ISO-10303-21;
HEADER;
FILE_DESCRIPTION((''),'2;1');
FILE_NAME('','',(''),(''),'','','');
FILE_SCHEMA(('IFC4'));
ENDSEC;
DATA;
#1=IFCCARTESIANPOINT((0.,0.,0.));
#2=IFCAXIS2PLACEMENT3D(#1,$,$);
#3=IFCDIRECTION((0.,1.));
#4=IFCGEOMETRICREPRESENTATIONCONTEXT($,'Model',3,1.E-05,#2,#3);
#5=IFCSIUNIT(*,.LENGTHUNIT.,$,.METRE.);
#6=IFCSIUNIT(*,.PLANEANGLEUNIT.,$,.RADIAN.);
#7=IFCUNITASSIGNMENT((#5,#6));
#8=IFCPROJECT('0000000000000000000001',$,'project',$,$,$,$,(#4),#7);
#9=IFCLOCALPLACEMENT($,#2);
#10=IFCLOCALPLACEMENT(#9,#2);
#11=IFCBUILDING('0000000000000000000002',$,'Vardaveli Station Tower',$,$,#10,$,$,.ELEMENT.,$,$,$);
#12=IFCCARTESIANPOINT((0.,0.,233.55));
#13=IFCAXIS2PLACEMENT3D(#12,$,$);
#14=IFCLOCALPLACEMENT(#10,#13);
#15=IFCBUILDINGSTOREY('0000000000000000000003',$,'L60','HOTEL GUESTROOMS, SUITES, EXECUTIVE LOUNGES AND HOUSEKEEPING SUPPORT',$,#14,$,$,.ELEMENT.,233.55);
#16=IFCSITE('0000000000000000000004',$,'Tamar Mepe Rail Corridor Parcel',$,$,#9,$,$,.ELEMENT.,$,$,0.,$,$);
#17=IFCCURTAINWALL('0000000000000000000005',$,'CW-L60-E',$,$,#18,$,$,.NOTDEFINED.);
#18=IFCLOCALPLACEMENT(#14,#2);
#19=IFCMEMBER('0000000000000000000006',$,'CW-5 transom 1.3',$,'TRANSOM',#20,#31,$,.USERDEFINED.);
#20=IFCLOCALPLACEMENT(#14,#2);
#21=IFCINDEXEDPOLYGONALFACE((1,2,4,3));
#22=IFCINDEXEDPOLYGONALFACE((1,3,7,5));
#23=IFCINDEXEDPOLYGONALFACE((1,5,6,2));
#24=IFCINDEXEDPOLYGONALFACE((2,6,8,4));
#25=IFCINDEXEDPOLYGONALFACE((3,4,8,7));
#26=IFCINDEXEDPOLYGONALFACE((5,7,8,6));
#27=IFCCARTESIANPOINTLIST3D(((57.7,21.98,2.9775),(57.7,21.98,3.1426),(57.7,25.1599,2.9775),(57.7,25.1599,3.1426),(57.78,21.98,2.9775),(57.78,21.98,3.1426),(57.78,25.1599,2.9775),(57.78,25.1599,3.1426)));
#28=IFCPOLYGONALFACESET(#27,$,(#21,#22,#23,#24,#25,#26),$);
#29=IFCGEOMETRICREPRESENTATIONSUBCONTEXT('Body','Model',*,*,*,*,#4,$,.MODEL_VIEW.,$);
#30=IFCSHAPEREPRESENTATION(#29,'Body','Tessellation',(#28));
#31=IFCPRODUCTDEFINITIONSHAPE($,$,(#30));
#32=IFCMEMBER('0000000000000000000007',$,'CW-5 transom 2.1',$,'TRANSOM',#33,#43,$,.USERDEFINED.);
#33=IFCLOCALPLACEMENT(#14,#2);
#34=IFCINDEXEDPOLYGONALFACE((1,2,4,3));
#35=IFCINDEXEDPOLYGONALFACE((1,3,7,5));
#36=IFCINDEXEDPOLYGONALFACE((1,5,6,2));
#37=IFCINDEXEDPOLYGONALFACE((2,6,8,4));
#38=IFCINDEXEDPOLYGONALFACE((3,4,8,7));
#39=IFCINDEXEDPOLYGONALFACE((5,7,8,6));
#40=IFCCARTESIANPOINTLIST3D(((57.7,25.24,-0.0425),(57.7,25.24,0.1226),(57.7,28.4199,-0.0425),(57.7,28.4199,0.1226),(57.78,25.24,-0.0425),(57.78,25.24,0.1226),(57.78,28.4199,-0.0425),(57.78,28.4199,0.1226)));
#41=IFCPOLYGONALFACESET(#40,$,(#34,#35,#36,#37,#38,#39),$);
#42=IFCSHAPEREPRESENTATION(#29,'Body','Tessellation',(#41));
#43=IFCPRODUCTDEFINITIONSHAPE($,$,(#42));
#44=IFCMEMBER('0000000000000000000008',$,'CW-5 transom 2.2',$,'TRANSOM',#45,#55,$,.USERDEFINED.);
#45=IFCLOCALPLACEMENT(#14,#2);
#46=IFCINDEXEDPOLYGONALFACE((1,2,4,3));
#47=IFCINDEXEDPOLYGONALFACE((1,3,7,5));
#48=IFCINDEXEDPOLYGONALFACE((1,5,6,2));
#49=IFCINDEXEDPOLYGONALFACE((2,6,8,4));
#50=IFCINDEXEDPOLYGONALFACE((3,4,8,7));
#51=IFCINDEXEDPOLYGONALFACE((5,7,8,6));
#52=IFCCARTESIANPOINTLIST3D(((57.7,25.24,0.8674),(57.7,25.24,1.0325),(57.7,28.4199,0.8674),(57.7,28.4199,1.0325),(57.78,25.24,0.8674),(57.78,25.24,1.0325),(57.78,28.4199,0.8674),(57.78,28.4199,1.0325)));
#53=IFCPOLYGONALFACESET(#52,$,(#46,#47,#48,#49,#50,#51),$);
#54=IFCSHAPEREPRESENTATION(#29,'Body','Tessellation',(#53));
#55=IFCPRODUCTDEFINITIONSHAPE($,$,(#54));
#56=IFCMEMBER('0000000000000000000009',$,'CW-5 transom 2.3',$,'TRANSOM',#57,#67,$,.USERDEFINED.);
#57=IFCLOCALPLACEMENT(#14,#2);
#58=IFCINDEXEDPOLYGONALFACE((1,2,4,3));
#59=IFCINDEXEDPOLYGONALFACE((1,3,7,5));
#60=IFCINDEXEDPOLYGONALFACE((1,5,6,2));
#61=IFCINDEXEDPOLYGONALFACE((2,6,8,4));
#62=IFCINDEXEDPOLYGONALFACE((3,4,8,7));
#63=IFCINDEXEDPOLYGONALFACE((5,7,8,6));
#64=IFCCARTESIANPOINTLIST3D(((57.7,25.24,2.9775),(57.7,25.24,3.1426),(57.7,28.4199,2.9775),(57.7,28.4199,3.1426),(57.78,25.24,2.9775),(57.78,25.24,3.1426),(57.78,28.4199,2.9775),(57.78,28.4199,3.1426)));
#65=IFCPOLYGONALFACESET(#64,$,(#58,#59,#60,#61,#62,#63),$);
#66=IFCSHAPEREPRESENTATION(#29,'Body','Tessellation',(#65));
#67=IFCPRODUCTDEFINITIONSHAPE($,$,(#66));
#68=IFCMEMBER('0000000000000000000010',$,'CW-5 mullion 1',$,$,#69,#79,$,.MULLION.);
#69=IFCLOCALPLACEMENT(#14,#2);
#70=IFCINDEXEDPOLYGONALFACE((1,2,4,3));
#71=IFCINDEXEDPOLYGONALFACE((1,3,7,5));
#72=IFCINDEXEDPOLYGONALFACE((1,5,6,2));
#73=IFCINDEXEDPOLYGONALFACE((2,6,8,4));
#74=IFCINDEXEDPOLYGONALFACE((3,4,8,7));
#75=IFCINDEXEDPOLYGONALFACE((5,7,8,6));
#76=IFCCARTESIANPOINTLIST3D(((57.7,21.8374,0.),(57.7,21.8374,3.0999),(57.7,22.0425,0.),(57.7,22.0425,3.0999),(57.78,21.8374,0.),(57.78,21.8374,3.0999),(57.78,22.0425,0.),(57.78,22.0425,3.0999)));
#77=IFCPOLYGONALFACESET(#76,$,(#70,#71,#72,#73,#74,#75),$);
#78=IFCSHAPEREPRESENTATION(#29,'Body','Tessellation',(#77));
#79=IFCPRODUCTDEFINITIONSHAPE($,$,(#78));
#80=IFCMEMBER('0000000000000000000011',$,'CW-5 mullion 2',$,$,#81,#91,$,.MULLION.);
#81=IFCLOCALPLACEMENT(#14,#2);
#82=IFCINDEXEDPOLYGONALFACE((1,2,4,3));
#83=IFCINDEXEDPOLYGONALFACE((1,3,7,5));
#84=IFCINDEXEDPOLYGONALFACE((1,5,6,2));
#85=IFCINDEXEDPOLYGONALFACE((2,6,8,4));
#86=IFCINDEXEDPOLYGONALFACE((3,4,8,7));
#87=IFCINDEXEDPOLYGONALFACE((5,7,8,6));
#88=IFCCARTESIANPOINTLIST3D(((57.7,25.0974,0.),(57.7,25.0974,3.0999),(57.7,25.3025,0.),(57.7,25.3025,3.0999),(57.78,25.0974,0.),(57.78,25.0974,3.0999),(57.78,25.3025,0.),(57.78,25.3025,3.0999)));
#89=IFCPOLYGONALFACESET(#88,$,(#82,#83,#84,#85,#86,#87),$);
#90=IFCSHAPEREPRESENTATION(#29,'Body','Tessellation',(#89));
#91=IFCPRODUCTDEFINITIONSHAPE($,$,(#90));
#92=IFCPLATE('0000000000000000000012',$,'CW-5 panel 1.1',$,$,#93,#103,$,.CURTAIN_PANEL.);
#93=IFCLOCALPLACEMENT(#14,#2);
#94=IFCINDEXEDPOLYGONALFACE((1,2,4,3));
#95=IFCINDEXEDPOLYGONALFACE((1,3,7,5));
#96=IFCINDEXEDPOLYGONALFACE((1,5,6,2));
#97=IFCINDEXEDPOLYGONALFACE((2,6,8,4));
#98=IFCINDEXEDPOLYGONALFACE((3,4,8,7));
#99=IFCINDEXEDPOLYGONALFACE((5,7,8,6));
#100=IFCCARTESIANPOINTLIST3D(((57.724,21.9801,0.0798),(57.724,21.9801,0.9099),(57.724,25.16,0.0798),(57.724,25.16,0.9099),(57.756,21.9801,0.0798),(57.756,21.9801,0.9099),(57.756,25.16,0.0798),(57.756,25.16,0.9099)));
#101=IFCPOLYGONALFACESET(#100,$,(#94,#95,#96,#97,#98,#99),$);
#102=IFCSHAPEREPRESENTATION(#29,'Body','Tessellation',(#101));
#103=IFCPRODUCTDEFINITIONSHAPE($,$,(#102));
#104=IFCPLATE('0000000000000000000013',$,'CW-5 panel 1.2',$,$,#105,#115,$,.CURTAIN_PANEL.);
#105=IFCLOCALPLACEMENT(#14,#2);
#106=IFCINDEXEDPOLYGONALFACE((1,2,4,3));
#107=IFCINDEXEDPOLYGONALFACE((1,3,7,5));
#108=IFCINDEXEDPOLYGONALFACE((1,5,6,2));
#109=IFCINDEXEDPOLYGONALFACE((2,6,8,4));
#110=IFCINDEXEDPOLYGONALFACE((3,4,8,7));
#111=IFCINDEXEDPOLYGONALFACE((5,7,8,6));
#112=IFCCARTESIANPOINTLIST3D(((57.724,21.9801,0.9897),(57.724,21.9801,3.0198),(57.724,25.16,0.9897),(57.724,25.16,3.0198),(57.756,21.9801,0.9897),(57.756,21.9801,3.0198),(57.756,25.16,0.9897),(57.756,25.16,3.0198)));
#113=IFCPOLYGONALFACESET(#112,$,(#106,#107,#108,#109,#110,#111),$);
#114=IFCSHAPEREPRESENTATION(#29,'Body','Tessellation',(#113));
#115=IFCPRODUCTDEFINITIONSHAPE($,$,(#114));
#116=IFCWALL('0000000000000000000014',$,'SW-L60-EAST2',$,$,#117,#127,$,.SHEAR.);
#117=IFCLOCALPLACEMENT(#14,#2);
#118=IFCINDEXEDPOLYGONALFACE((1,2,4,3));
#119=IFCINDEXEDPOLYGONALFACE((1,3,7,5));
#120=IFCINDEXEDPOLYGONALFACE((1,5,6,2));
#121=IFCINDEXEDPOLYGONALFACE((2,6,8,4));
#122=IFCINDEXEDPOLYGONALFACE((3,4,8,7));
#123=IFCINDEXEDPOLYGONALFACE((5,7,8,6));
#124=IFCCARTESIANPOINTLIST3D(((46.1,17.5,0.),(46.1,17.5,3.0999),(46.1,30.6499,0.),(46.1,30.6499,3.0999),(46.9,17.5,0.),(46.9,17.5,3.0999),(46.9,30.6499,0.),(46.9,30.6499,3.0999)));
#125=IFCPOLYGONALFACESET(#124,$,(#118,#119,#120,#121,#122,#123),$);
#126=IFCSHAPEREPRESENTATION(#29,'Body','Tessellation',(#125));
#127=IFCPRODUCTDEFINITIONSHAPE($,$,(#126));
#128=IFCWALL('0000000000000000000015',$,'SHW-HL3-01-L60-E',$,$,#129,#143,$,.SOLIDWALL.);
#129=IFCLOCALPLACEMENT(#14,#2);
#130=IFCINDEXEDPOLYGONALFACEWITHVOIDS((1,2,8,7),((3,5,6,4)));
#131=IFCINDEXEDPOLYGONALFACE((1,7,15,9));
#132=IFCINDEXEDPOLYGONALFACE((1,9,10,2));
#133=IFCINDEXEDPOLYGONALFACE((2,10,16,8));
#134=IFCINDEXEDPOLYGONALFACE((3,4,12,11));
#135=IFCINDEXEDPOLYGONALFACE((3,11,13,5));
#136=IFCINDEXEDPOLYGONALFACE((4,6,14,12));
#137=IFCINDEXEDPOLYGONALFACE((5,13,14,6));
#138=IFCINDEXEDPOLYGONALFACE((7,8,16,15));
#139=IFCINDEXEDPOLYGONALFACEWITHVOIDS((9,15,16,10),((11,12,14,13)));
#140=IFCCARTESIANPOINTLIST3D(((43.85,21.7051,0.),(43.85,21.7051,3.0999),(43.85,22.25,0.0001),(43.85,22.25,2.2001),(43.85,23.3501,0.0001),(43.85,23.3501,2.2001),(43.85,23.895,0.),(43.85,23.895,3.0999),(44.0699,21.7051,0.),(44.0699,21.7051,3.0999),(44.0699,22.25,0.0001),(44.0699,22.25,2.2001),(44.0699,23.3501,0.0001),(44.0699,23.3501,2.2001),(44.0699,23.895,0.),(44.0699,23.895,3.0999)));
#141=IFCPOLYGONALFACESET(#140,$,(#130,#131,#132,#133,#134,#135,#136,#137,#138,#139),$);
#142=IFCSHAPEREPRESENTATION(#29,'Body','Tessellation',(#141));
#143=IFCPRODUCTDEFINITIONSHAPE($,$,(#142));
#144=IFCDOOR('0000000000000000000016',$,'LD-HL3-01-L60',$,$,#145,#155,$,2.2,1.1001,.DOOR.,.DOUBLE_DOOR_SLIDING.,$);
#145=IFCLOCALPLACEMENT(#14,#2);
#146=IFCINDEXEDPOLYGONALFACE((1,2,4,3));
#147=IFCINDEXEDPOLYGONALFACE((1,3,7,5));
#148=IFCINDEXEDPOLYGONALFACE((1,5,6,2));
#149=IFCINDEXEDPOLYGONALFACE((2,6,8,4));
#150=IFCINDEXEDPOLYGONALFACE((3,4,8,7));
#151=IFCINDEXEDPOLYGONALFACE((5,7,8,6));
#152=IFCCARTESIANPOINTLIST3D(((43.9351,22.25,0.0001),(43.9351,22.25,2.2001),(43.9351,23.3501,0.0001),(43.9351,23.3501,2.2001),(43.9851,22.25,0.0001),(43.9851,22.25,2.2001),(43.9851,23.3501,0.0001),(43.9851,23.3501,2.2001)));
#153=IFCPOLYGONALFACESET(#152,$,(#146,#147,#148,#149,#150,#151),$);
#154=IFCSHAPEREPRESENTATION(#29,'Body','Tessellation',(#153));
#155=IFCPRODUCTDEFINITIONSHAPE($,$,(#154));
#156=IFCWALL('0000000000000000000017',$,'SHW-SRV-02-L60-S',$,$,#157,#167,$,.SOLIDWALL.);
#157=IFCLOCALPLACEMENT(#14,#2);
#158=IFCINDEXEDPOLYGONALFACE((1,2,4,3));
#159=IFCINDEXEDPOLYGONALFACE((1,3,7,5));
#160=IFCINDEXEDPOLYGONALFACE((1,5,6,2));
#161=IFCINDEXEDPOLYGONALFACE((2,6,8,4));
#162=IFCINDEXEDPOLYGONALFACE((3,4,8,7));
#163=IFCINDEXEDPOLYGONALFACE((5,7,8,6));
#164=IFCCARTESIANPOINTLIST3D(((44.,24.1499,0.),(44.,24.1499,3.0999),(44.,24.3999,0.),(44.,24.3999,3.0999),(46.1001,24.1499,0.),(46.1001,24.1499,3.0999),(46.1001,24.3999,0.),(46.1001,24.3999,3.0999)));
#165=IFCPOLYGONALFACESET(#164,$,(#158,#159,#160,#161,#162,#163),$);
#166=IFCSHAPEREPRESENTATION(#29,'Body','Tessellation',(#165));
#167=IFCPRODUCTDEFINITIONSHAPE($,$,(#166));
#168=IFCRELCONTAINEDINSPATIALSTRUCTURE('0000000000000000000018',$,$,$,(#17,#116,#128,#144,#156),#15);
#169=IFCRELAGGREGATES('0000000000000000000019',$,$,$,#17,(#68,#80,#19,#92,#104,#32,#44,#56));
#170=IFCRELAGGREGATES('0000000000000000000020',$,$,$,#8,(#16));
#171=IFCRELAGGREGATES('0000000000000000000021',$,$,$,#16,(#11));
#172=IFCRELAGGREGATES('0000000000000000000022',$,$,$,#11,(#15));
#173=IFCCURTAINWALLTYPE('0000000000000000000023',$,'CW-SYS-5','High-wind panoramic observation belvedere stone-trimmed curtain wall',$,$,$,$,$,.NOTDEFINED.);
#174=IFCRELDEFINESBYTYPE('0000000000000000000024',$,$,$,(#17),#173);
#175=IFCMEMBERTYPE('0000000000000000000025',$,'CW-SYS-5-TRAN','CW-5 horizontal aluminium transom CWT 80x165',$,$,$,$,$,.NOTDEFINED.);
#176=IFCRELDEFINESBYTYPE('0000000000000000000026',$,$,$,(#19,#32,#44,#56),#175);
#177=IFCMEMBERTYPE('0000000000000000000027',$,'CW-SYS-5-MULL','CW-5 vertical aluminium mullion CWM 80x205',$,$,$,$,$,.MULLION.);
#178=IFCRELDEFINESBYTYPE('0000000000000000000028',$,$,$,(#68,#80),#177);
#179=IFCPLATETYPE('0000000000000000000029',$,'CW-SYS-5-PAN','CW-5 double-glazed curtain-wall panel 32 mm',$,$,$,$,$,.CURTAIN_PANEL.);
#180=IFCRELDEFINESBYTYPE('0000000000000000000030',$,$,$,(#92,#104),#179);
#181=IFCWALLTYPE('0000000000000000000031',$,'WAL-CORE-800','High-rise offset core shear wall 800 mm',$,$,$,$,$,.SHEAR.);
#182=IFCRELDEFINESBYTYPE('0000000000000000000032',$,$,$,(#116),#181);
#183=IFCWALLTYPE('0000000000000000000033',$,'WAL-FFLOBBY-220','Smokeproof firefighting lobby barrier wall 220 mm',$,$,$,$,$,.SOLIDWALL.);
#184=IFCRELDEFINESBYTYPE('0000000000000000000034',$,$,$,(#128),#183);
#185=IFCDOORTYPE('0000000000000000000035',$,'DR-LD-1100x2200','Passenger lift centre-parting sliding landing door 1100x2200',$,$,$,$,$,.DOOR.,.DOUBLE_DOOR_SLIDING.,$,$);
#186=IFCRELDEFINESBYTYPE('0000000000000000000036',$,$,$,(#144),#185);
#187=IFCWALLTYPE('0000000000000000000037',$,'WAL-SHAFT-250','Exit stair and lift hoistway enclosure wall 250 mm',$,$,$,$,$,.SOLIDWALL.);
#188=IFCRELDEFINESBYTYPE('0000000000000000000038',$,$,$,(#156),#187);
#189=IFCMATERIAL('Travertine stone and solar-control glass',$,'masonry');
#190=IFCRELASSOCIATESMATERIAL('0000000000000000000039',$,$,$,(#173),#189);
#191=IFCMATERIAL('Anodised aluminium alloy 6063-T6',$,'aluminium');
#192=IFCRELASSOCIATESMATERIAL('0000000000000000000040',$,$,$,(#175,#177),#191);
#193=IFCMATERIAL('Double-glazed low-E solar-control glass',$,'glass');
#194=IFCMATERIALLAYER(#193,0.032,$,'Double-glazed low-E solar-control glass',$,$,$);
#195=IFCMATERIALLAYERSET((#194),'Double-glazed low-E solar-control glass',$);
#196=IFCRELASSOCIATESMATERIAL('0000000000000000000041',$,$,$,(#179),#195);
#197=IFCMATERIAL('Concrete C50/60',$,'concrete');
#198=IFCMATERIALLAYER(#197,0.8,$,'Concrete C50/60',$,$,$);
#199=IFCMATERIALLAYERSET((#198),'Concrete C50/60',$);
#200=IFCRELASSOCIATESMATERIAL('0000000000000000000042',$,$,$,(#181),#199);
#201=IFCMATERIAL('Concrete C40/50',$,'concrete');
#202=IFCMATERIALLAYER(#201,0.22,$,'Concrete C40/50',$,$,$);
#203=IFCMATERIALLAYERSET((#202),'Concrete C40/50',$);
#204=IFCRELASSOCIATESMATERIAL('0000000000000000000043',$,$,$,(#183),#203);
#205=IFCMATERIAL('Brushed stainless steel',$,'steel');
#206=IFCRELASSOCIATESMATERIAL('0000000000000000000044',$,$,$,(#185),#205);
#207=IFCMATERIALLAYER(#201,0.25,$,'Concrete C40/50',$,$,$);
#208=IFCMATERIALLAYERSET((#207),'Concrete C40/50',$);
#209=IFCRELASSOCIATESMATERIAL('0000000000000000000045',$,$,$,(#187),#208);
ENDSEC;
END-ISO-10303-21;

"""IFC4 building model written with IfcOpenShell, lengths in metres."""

from ifc_helpers import new_model, si_unit, direction, frame, frame_2d, origin, origin_2d, place, context, subcontext, project, spatial, rectangle, extrude, source, transform, mapped, material, layer, layer_set, material_profile, profile_set, type_object, element, fill, aggregate, save


model = new_model("IFC4")

# Units and contexts
model_context = context("Model", 3, precision=1e-05, world=origin(), true_north=direction((0.0, 1.0)))
body_context = subcontext(model_context, "Body", "Model", "MODEL_VIEW")
ifc_project = project(units=[si_unit("LENGTHUNIT", "METRE"), si_unit("PLANEANGLEUNIT", "RADIAN")], contexts=[model_context])

# Site, building, storey
site_placement = place(None, origin())
site = spatial("IfcSite", under=ifc_project, at=site_placement, Name="Tamar Mepe Rail Corridor Parcel", CompositionType="ELEMENT", RefElevation=0.0)
building_placement = place(site_placement, origin())
building = spatial("IfcBuilding", under=site, at=building_placement, Name="Vardaveli Station Tower", CompositionType="ELEMENT")
storey_placement = place(building_placement, frame((0.0, 0.0, 233.55)))
storey = spatial("IfcBuildingStorey", under=building, at=storey_placement, Name="L60", Description="HOTEL GUESTROOMS, SUITES, EXECUTIVE LOUNGES AND HOUSEKEEPING SUPPORT", CompositionType="ELEMENT", Elevation=233.55)

# Curtain wall, members, plates
ifc_material_1 = material(Name="Travertine stone and solar-control glass", Category="masonry")
curtain_wall_type = type_object("IfcCurtainWallType", Name="CW-SYS-5", Description="High-wind panoramic observation belvedere stone-trimmed curtain wall", PredefinedType="NOTDEFINED", material=ifc_material_1)
curtain_wall_placement = place(storey_placement, origin())
curtain_wall = element("IfcCurtainWall", 1, at=curtain_wall_placement, inside=storey, type_object=curtain_wall_type, Name="CW-L60-E", PredefinedType="NOTDEFINED")
ifc_material_2 = material(Name="Anodised aluminium alloy 6063-T6", Category="aluminium")
ifc_material_profile_1 = material_profile(ifc_material_2, rectangle(XDim=0.0801, YDim=0.165, at=origin_2d()), Name="CWT 80x165")
ifc_profile_set_1 = profile_set([ifc_material_profile_1], Name="Anodised aluminium alloy 6063-T6")
member_type_1 = type_object("IfcMemberType", Name="CW-SYS-5-TRAN", Description="CW-5 horizontal aluminium transom CWT 80x165", PredefinedType="NOTDEFINED", material=ifc_profile_set_1)
shared_shape_1 = source(origin(), body_context, "Body", "SweptSolid", [
    extrude(rectangle(XDim=0.0801, YDim=0.165, at=origin_2d()), origin(), (0.0, 0.0, 1.0), 3.1799),
])
member_1_placement = place(storey_placement, frame((57.74, 21.98, 3.0601), z_axis=(0.0, 1.0, 0.0), x_axis=(-1.0, 0.0, 0.0)))
member_1 = element("IfcMember", 2, at=member_1_placement, type_object=member_type_1, Name="CW-5 transom 1.3", ObjectType="TRANSOM", PredefinedType="USERDEFINED", context=body_context, shape_type="MappedRepresentation", body=[
    mapped(shared_shape_1, transform((0.0, 0.0, 0.0), scale=1.0)),
])
member_2_placement = place(storey_placement, frame((57.74, 25.24, 0.04), z_axis=(0.0, 1.0, 0.0), x_axis=(-1.0, 0.0, 0.0)))
member_2 = element("IfcMember", 3, at=member_2_placement, type_object=member_type_1, Name="CW-5 transom 2.1", ObjectType="TRANSOM", PredefinedType="USERDEFINED", context=body_context, shape_type="MappedRepresentation", body=[
    mapped(shared_shape_1, transform((0.0, 0.0, 0.0), scale=1.0)),
])
member_3_placement = place(storey_placement, frame((57.74, 25.24, 0.95), z_axis=(0.0, 1.0, 0.0), x_axis=(-1.0, 0.0, 0.0)))
member_3 = element("IfcMember", 4, at=member_3_placement, type_object=member_type_1, Name="CW-5 transom 2.2", ObjectType="TRANSOM", PredefinedType="USERDEFINED", context=body_context, shape_type="MappedRepresentation", body=[
    mapped(shared_shape_1, transform((0.0, 0.0, 0.0), scale=1.0)),
])
member_4_placement = place(storey_placement, frame((57.74, 25.24, 3.0601), z_axis=(0.0, 1.0, 0.0), x_axis=(-1.0, 0.0, 0.0)))
member_4 = element("IfcMember", 5, at=member_4_placement, type_object=member_type_1, Name="CW-5 transom 2.3", ObjectType="TRANSOM", PredefinedType="USERDEFINED", context=body_context, shape_type="MappedRepresentation", body=[
    mapped(shared_shape_1, transform((0.0, 0.0, 0.0), scale=1.0)),
])
ifc_material_profile_2 = material_profile(ifc_material_2, rectangle(XDim=0.0801, YDim=0.2051, at=origin_2d()), Name="CWM 80x205")
ifc_profile_set_2 = profile_set([ifc_material_profile_2], Name="Anodised aluminium alloy 6063-T6")
member_type_2 = type_object("IfcMemberType", Name="CW-SYS-5-MULL", Description="CW-5 vertical aluminium mullion CWM 80x205", PredefinedType="MULLION", material=ifc_profile_set_2)
shared_shape_2 = source(origin(), body_context, "Body", "SweptSolid", [
    extrude(rectangle(XDim=0.0801, YDim=0.2051, at=origin_2d()), origin(), (0.0, 0.0, 1.0), 3.0999),
])
member_5_placement = place(storey_placement, frame((57.74, 21.9399, 0.0), z_axis=(0.0, 0.0, 1.0), x_axis=(-1.0, 0.0, 0.0)))
member_5 = element("IfcMember", 6, at=member_5_placement, type_object=member_type_2, Name="CW-5 mullion 1", PredefinedType="MULLION", context=body_context, shape_type="MappedRepresentation", body=[
    mapped(shared_shape_2, transform((0.0, 0.0, 0.0), scale=1.0)),
])
member_6_placement = place(storey_placement, frame((57.74, 25.2, 0.0), z_axis=(0.0, 0.0, 1.0), x_axis=(-1.0, 0.0, 0.0)))
member_6 = element("IfcMember", 7, at=member_6_placement, type_object=member_type_2, Name="CW-5 mullion 2", PredefinedType="MULLION", context=body_context, shape_type="MappedRepresentation", body=[
    mapped(shared_shape_2, transform((0.0, 0.0, 0.0), scale=1.0)),
])
ifc_material_3 = material(Name="Double-glazed low-E solar-control glass", Category="glass")
ifc_layer_1 = layer(ifc_material_3, 0.032, Name="Double-glazed low-E solar-control glass")
ifc_layer_set_1 = layer_set([ifc_layer_1], Name="Double-glazed low-E solar-control glass")
plate_type = type_object("IfcPlateType", Name="CW-SYS-5-PAN", Description="CW-5 double-glazed curtain-wall panel 32 mm", PredefinedType="CURTAIN_PANEL", material=ifc_layer_set_1)
shared_shape_3 = source(origin(), body_context, "Body", "SweptSolid", [
    extrude(rectangle(XDim=3.1799, YDim=0.032, at=origin_2d()), origin(), (0.0, 0.0, 1.0), 0.8301),
])
plate_1_placement = place(storey_placement, frame((57.74, 23.5701, 0.0798), z_axis=(0.0, 0.0, 1.0), x_axis=(0.0, 1.0, 0.0)))
plate_1 = element("IfcPlate", 8, at=plate_1_placement, type_object=plate_type, Name="CW-5 panel 1.1", PredefinedType="CURTAIN_PANEL", context=body_context, shape_type="MappedRepresentation", body=[
    mapped(shared_shape_3, transform((0.0, 0.0, 0.0), scale=1.0)),
])
shared_shape_4 = source(origin(), body_context, "Body", "SweptSolid", [
    extrude(rectangle(XDim=3.1799, YDim=0.032, at=origin_2d()), origin(), (0.0, 0.0, 1.0), 2.03),
])
plate_2_placement = place(storey_placement, frame((57.74, 23.5701, 0.9897), z_axis=(0.0, 0.0, 1.0), x_axis=(0.0, 1.0, 0.0)))
plate_2 = element("IfcPlate", 9, at=plate_2_placement, type_object=plate_type, Name="CW-5 panel 1.2", PredefinedType="CURTAIN_PANEL", context=body_context, shape_type="MappedRepresentation", body=[
    mapped(shared_shape_4, transform((0.0, 0.0, 0.0), scale=1.0)),
])
aggregate(curtain_wall, [member_5, member_6, member_1, plate_1, plate_2, member_2, member_3, member_4])

# Wall
ifc_material_4 = material(Name="Concrete C50/60", Category="concrete")
ifc_layer_2 = layer(ifc_material_4, 0.8, Name="Concrete C50/60")
ifc_layer_set_2 = layer_set([ifc_layer_2], Name="Concrete C50/60")
wall_type_1 = type_object("IfcWallType", Name="WAL-CORE-800", Description="High-rise offset core shear wall 800 mm", PredefinedType="SHEAR", material=ifc_layer_set_2)
shared_shape_5 = source(origin(), body_context, "Body", "SweptSolid", [
    extrude(rectangle(XDim=13.1499, YDim=0.8, at=frame_2d((6.575, 0.0))), origin(), (0.0, 0.0, 1.0), 3.0999),
])
wall_1_placement = place(storey_placement, frame((46.5, 17.5, 0.0), z_axis=(0.0, 0.0, 1.0), x_axis=(0.0, 1.0, 0.0)))
element("IfcWall", 10, at=wall_1_placement, inside=storey, type_object=wall_type_1, Name="SW-L60-EAST2", PredefinedType="SHEAR", context=body_context, shape_type="MappedRepresentation", body=[
    mapped(shared_shape_5, transform((0.0, 0.0, 0.0), scale=1.0)),
])

# Wall, opening, door
ifc_material_5 = material(Name="Concrete C40/50", Category="concrete")
ifc_layer_3 = layer(ifc_material_5, 0.22, Name="Concrete C40/50")
ifc_layer_set_3 = layer_set([ifc_layer_3], Name="Concrete C40/50")
wall_type_2 = type_object("IfcWallType", Name="WAL-FFLOBBY-220", Description="Smokeproof firefighting lobby barrier wall 220 mm", PredefinedType="SOLIDWALL", material=ifc_layer_set_3)
shared_shape_6 = source(origin(), body_context, "Body", "SweptSolid", [
    extrude(rectangle(XDim=2.1899, YDim=0.22, at=frame_2d((1.095, 0.0))), origin(), (0.0, 0.0, 1.0), 3.0999),
])
wall_2_placement = place(storey_placement, frame((43.96, 21.7051, 0.0), z_axis=(0.0, 0.0, 1.0), x_axis=(0.0, 1.0, 0.0)))
wall_2 = element("IfcWall", 11, at=wall_2_placement, inside=storey, type_object=wall_type_2, Name="SHW-HL3-01-L60-E", PredefinedType="SOLIDWALL", context=body_context, shape_type="MappedRepresentation", body=[
    mapped(shared_shape_6, transform((0.0, 0.0, 0.0), scale=1.0)),
])
shared_shape_7 = source(origin(), body_context, "Body", "SweptSolid", [
    extrude(rectangle(XDim=1.1001, YDim=2.2, at=frame_2d((0.55, 1.1001))), frame((0.0, 0.1201, 0.0), z_axis=(0.0, -1.0, 0.0), x_axis=(1.0, 0.0, 0.0)), (0.0, 0.0, 1.0), 0.24),
])
opening_1_placement = place(wall_2_placement, frame((0.5449, 0.0, 0.0)))
opening_1 = element("IfcOpeningElement", 12, at=opening_1_placement, cuts=wall_2, PredefinedType="OPENING", context=body_context, shape_type="MappedRepresentation", body=[
    mapped(shared_shape_7, transform((0.0, 0.0, 0.0), scale=1.0)),
])
ifc_material_6 = material(Name="Brushed stainless steel", Category="steel")
door_type_1 = type_object("IfcDoorType", Name="DR-LD-1100x2200", Description="Passenger lift centre-parting sliding landing door 1100x2200", OperationType="DOUBLE_DOOR_SLIDING", PredefinedType="DOOR", material=ifc_material_6)
shared_shape_8 = source(origin(), body_context, "Body", "SweptSolid", [
    extrude(rectangle(XDim=1.1001, YDim=2.2, at=frame_2d((0.55, 1.1001))), frame((0.0, 0.0249, 0.0), z_axis=(0.0, -1.0, 0.0), x_axis=(1.0, 0.0, 0.0)), (0.0, 0.0, 1.0), 0.05),
])
door_1_placement = place(opening_1_placement, origin())
door_1 = element("IfcDoor", 13, at=door_1_placement, inside=storey, type_object=door_type_1, Name="LD-HL3-01-L60", OperationType="DOUBLE_DOOR_SLIDING", OverallHeight=2.2, OverallWidth=1.1001, PredefinedType="DOOR", context=body_context, shape_type="MappedRepresentation", body=[
    mapped(shared_shape_8, transform((0.0, 0.0, 0.0), scale=1.0)),
])
fill(opening_1, door_1)

# Wall
ifc_layer_4 = layer(ifc_material_5, 0.25, Name="Concrete C40/50")
ifc_layer_set_4 = layer_set([ifc_layer_4], Name="Concrete C40/50")
wall_type_3 = type_object("IfcWallType", Name="WAL-SHAFT-250", Description="Exit stair and lift hoistway enclosure wall 250 mm", PredefinedType="SOLIDWALL", material=ifc_layer_set_4)
shared_shape_9 = source(origin(), body_context, "Body", "SweptSolid", [
    extrude(rectangle(XDim=2.1001, YDim=0.25, at=frame_2d((1.05, 0.0))), origin(), (0.0, 0.0, 1.0), 3.0999),
])
wall_3_placement = place(storey_placement, frame((44.0, 24.2749, 0.0), z_axis=(0.0, 0.0, 1.0), x_axis=(1.0, 0.0, 0.0)))
element("IfcWall", 14, at=wall_3_placement, inside=storey, type_object=wall_type_3, Name="SHW-SRV-02-L60-S", PredefinedType="SOLIDWALL", context=body_context, shape_type="MappedRepresentation", body=[
    mapped(shared_shape_9, transform((0.0, 0.0, 0.0), scale=1.0)),
])

save(model, "model.ifc")
